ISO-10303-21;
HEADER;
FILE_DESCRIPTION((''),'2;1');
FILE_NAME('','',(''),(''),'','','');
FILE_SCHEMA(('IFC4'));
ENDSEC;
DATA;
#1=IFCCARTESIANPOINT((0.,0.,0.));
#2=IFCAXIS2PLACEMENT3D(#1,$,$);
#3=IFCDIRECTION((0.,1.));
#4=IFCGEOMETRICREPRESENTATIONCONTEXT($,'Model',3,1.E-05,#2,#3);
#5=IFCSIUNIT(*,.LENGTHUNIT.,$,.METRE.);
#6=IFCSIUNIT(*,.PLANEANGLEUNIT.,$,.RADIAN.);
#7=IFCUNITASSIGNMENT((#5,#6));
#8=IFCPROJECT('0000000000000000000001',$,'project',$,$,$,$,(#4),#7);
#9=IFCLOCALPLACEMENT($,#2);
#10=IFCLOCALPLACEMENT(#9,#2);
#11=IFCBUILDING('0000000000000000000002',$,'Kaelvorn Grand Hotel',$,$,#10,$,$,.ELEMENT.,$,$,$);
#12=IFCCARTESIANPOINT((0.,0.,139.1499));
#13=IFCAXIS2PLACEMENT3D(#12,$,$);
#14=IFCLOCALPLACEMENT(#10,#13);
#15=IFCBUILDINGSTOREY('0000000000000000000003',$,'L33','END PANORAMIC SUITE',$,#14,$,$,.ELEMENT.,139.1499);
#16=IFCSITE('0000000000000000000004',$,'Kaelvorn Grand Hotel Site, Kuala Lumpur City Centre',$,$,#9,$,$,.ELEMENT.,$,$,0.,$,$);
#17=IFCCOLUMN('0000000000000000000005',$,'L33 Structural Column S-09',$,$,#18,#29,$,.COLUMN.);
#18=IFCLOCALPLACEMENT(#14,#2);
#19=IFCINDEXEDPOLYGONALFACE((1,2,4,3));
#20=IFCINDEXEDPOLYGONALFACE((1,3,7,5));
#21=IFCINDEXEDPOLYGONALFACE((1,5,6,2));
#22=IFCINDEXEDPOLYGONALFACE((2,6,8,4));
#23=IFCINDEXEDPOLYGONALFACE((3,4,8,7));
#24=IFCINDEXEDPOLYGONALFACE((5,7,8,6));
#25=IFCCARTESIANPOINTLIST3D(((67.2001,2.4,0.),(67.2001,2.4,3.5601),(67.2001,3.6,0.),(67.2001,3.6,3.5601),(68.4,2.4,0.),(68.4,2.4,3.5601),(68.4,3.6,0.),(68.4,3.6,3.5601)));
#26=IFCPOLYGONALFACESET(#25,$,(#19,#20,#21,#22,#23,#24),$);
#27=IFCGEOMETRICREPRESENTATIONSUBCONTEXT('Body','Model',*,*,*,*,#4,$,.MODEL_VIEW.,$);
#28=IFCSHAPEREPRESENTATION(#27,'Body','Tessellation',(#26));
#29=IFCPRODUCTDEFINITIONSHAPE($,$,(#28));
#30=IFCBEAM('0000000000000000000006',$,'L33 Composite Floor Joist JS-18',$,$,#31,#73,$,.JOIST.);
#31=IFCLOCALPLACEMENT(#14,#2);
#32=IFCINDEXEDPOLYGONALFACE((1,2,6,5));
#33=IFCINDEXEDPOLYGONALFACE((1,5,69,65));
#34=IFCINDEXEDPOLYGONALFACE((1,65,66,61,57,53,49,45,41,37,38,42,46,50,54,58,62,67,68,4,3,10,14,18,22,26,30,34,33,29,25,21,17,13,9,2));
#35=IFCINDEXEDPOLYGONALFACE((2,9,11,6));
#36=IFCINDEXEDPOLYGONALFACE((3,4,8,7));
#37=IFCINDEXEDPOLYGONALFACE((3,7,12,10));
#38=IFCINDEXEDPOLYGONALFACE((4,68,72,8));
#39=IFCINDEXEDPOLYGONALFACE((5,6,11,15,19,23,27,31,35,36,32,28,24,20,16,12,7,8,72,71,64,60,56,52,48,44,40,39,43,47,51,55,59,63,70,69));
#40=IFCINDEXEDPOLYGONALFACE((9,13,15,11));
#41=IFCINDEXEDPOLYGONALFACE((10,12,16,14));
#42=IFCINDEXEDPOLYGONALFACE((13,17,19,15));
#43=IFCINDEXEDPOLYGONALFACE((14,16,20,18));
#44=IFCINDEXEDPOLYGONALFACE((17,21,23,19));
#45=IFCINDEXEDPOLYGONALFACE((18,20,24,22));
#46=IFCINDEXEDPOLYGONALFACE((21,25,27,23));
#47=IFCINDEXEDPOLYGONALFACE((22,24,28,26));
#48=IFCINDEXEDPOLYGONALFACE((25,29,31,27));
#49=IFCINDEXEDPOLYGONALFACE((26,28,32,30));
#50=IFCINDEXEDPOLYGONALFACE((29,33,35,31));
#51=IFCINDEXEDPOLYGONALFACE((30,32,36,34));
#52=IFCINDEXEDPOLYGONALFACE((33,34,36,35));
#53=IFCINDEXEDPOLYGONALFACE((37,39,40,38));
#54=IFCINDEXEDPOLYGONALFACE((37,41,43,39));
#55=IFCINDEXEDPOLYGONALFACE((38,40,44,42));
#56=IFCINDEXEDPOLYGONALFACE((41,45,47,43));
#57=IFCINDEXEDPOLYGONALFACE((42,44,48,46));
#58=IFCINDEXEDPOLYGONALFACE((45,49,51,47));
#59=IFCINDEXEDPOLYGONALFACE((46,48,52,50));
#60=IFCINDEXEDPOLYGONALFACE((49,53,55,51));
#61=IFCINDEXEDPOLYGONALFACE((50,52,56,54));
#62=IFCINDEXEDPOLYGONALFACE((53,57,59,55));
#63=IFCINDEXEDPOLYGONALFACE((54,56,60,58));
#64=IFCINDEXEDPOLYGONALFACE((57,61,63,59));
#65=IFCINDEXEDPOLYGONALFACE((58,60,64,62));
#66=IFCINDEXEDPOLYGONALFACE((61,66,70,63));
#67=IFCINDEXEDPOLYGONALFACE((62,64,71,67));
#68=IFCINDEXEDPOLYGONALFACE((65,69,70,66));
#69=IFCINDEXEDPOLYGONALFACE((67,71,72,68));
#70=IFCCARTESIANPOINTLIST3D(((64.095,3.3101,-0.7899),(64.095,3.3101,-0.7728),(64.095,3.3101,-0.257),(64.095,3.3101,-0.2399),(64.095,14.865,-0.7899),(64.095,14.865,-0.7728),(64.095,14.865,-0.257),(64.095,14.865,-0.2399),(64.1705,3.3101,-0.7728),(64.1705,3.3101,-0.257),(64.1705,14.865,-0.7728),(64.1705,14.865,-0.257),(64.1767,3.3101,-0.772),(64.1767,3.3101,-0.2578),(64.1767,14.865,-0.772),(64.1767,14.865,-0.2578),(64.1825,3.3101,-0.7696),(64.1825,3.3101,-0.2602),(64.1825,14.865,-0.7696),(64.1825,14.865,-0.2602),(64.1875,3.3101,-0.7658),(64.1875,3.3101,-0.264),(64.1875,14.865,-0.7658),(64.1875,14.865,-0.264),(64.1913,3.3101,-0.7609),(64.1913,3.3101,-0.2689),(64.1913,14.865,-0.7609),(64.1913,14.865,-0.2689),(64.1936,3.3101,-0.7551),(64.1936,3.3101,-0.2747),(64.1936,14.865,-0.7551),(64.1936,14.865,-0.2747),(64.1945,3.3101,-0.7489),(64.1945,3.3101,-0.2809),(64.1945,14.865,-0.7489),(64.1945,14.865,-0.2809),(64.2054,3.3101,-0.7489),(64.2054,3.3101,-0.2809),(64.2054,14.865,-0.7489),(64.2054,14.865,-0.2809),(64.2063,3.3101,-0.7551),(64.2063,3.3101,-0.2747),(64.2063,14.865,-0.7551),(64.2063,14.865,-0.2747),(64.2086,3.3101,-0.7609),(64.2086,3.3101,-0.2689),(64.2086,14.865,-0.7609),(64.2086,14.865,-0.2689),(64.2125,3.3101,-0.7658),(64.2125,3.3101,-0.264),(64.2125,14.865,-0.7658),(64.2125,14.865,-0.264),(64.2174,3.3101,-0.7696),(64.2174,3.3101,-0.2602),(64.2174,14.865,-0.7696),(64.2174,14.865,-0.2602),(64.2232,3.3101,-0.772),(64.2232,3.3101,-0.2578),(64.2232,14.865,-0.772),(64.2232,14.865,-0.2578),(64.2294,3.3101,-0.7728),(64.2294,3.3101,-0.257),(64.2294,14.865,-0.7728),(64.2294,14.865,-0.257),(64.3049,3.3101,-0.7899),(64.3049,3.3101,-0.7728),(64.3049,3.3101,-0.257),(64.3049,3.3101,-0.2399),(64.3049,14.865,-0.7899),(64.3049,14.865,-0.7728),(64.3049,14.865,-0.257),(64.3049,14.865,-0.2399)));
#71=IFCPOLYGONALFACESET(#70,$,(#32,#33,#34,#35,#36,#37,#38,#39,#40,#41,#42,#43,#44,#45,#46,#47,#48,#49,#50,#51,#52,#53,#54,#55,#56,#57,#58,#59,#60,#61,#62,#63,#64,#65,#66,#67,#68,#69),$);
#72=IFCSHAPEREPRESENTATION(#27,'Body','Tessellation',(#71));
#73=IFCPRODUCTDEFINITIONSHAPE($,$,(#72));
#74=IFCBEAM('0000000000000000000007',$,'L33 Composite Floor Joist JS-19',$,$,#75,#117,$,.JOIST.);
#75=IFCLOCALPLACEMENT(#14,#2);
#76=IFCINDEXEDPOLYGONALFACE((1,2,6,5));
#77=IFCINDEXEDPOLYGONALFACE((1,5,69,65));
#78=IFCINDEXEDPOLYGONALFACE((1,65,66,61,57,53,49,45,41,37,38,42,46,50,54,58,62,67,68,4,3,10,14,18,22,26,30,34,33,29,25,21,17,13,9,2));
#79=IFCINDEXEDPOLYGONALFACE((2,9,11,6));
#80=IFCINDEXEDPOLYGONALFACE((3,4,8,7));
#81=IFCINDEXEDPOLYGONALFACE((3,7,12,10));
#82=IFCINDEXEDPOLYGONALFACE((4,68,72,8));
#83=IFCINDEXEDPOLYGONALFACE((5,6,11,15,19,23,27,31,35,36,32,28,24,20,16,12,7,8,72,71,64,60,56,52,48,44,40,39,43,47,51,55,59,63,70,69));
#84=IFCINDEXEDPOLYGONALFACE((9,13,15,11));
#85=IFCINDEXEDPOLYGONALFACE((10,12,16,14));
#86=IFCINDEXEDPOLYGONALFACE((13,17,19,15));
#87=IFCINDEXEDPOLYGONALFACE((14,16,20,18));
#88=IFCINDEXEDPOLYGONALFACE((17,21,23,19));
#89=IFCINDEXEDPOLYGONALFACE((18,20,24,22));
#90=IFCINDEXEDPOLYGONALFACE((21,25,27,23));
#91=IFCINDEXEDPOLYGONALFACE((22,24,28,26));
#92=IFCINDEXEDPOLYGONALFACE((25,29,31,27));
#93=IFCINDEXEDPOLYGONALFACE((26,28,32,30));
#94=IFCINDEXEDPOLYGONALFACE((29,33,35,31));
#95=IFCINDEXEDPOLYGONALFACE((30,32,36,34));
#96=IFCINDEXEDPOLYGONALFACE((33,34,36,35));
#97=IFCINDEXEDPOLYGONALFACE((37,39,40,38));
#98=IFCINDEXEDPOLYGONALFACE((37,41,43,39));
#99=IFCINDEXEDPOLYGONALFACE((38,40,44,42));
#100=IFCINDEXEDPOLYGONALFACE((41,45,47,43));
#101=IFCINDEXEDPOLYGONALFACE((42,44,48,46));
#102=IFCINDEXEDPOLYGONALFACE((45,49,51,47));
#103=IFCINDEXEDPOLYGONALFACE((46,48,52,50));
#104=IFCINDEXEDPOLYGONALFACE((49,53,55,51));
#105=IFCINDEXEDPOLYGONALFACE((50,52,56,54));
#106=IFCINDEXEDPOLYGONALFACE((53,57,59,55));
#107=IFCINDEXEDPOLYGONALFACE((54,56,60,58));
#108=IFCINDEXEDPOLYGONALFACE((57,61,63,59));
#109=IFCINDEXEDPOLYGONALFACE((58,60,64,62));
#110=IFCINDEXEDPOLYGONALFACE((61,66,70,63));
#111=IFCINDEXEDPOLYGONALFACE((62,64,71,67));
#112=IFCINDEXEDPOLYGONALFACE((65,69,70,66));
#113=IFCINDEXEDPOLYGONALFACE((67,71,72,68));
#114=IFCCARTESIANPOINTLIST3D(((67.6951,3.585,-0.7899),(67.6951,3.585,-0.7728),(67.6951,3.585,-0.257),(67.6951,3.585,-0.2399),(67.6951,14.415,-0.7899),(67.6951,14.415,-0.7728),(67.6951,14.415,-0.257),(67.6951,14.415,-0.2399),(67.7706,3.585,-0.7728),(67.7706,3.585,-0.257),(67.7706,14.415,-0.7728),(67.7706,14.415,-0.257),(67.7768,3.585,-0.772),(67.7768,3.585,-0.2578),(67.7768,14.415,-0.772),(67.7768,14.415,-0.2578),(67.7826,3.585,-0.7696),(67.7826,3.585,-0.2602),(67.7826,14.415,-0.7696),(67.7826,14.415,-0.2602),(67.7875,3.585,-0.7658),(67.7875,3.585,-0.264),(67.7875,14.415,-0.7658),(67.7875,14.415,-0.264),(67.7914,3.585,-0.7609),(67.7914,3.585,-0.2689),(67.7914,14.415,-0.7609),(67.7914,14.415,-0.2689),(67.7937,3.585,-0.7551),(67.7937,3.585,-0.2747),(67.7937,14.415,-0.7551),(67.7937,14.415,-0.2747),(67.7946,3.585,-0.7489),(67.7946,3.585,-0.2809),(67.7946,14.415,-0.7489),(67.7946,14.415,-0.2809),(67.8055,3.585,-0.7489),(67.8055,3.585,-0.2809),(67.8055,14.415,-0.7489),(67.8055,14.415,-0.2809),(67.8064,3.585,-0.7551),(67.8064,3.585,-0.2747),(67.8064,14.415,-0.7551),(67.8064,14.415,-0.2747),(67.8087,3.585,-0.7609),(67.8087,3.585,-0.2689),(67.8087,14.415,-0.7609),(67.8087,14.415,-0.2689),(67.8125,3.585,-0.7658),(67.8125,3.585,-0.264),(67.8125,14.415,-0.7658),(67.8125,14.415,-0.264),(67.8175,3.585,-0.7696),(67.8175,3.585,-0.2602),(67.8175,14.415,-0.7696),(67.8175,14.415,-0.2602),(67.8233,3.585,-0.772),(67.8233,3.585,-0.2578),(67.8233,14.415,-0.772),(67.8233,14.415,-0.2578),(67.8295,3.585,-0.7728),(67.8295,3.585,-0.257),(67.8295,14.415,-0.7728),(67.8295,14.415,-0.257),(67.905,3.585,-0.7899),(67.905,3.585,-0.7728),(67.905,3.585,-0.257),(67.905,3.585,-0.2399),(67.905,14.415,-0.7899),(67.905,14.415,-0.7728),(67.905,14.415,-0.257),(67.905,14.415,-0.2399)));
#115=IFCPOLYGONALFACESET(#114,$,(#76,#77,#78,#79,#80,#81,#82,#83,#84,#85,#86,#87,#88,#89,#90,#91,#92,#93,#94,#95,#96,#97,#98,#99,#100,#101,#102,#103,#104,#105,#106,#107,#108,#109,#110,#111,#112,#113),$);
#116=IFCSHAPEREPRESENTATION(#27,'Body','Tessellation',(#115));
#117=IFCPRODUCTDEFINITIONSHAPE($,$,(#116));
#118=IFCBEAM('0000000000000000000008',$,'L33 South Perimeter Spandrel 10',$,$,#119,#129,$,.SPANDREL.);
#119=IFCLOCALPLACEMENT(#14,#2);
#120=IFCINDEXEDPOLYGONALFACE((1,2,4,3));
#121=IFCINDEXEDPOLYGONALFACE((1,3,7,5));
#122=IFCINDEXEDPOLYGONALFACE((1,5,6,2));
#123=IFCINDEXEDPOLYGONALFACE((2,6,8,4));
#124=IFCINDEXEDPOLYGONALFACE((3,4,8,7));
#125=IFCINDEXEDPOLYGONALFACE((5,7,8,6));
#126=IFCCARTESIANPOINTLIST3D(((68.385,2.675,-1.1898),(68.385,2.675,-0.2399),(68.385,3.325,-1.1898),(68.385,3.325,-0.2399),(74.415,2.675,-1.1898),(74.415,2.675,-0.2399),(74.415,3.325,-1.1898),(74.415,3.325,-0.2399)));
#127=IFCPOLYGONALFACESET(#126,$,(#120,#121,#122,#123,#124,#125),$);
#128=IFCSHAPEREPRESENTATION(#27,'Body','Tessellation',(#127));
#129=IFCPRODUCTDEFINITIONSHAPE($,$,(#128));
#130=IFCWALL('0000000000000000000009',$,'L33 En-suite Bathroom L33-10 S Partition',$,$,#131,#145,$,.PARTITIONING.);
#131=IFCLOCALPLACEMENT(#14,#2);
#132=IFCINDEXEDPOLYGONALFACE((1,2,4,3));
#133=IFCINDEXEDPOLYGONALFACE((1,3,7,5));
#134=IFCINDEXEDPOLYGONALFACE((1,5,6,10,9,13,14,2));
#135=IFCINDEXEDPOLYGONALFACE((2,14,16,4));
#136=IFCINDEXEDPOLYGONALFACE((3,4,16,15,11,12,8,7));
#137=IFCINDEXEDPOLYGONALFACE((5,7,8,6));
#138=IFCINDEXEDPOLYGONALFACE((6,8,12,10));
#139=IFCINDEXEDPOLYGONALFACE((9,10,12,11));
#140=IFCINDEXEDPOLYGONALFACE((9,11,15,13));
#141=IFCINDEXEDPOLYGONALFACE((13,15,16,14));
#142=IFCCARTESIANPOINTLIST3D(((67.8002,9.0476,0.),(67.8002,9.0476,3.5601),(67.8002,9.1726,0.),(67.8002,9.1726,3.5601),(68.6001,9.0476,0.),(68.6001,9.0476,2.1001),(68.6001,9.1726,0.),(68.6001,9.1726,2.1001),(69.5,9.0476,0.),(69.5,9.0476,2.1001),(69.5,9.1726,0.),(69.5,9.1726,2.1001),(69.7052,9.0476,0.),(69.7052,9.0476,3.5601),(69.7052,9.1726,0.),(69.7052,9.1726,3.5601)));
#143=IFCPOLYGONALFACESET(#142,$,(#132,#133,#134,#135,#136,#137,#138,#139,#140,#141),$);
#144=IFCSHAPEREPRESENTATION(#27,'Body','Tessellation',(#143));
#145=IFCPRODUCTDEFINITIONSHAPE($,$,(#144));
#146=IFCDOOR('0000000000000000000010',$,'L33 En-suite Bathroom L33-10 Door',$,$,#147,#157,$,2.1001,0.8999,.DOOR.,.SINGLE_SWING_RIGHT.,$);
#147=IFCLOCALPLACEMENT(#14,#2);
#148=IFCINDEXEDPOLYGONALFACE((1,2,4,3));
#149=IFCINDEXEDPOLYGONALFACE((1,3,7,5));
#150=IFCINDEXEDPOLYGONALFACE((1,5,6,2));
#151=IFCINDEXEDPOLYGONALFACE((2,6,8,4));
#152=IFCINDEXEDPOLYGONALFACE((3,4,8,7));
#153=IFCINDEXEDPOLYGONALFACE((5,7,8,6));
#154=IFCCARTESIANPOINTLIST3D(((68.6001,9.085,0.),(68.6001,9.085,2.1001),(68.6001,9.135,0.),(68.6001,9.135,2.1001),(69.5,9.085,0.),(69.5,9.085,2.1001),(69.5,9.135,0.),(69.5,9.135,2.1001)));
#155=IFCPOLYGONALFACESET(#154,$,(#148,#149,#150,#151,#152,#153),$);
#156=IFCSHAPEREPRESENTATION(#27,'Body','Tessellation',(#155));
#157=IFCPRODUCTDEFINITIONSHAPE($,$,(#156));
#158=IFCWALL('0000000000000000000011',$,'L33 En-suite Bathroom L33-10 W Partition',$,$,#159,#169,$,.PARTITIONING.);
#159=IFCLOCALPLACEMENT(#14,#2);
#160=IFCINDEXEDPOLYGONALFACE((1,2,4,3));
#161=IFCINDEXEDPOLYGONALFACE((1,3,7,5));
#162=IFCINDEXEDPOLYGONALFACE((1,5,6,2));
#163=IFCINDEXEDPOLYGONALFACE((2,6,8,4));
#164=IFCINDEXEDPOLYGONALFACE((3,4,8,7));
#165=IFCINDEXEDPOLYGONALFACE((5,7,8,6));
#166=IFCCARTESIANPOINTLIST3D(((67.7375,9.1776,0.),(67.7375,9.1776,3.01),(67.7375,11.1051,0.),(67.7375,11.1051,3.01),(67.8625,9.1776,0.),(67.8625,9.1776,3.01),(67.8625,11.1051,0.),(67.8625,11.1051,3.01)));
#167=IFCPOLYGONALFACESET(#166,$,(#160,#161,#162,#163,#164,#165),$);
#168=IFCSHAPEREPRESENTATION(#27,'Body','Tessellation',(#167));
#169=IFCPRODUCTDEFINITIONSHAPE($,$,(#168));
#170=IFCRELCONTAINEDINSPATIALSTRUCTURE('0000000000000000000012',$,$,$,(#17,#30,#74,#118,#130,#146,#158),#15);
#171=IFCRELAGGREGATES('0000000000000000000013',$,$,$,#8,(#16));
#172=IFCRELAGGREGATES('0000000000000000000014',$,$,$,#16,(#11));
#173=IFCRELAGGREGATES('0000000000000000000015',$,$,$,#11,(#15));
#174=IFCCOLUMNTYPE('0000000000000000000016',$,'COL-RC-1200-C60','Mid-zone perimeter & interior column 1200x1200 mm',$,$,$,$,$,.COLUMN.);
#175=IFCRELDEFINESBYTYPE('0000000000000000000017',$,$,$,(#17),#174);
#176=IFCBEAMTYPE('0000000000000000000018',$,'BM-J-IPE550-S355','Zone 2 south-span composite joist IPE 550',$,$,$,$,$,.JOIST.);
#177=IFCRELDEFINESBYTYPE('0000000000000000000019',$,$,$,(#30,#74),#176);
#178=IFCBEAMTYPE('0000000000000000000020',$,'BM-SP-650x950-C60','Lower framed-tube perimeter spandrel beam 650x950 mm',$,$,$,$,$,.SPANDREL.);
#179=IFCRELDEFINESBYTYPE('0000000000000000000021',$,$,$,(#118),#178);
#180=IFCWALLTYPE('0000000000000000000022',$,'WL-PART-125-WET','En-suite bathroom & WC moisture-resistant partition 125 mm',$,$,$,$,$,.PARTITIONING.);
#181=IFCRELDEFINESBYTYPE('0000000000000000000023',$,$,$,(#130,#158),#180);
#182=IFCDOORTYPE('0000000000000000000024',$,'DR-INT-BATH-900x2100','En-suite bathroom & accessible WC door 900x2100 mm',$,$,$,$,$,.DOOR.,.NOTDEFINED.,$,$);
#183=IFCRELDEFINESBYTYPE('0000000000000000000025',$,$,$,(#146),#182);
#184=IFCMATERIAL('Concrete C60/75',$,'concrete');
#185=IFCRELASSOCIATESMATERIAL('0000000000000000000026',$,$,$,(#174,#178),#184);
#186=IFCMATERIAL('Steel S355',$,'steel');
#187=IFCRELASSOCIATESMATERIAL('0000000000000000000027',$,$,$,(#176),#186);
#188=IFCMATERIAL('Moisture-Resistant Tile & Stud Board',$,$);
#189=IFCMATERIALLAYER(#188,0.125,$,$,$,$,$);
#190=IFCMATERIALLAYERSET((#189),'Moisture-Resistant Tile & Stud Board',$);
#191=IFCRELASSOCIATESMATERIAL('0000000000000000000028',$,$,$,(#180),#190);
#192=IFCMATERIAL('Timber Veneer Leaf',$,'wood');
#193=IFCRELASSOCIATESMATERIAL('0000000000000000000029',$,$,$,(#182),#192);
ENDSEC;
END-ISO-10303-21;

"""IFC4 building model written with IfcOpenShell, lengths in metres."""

from ifc_helpers import new_model, si_unit, direction, frame, frame_2d, origin, origin_2d, place, context, subcontext, project, spatial, rectangle, i_section, extrude, material, layer, layer_set, material_profile, profile_set, type_object, element, fill, save


model = new_model("IFC4")

# Units and contexts
model_context = context("Model", 3, precision=1e-05, world=origin(), true_north=direction((0.0, 1.0)))
body_context = subcontext(model_context, "Body", "Model", "MODEL_VIEW")
ifc_project = project(units=[si_unit("LENGTHUNIT", "METRE"), si_unit("PLANEANGLEUNIT", "RADIAN")], contexts=[model_context])

# Site, building, storey
site_placement = place(None, origin())
site = spatial("IfcSite", under=ifc_project, at=site_placement, Name="Kaelvorn Grand Hotel Site, Kuala Lumpur City Centre", CompositionType="ELEMENT", RefElevation=0.0)
building_placement = place(site_placement, origin())
building = spatial("IfcBuilding", under=site, at=building_placement, Name="Kaelvorn Grand Hotel", CompositionType="ELEMENT")
storey_placement = place(building_placement, frame((0.0, 0.0, 139.1499)))
storey = spatial("IfcBuildingStorey", under=building, at=storey_placement, Name="L33", Description="END PANORAMIC SUITE", CompositionType="ELEMENT", Elevation=139.1499)

# Column
ifc_material_1 = material(Name="Concrete C60/75", Category="concrete")
ifc_material_profile_1 = material_profile(ifc_material_1, rectangle(XDim=1.2, YDim=1.2, at=origin_2d()), Name="RC COL 1200x1200")
ifc_profile_set_1 = profile_set([ifc_material_profile_1], Name="Concrete C60/75")
column_type = type_object("IfcColumnType", Name="COL-RC-1200-C60", Description="Mid-zone perimeter & interior column 1200x1200 mm", PredefinedType="COLUMN", material=ifc_profile_set_1)
column_placement = place(storey_placement, frame((67.8, 3.0, 0.0), z_axis=(0.0, 0.0, 1.0), x_axis=(1.0, 0.0, 0.0)))
element("IfcColumn", 1, at=column_placement, inside=storey, type_object=column_type, Name="L33 Structural Column S-09", PredefinedType="COLUMN", context=body_context, shape_type="SweptSolid", body=[
    extrude(rectangle(XDim=1.2, YDim=1.2, at=origin_2d()), origin(), (0.0, 0.0, 1.0), 3.5601),
])

# Beams
ifc_material_2 = material(Name="Steel S355", Category="steel")
ifc_material_profile_2 = material_profile(ifc_material_2, i_section(OverallWidth=0.21, OverallDepth=0.55, WebThickness=0.011, FlangeThickness=0.0171, FilletRadius=0.0239, at=origin_2d()), Name="IPE 550")
ifc_profile_set_2 = profile_set([ifc_material_profile_2], Name="Steel S355")
beam_type_1 = type_object("IfcBeamType", Name="BM-J-IPE550-S355", Description="Zone 2 south-span composite joist IPE 550", PredefinedType="JOIST", material=ifc_profile_set_2)
beam_1_placement = place(storey_placement, frame((64.2, 3.3101, -0.5149), z_axis=(0.0, 1.0, 0.0), x_axis=(-1.0, 0.0, 0.0)))
element("IfcBeam", 2, at=beam_1_placement, inside=storey, type_object=beam_type_1, Name="L33 Composite Floor Joist JS-18", PredefinedType="JOIST", context=body_context, shape_type="SweptSolid", body=[
    extrude(i_section(OverallWidth=0.21, OverallDepth=0.55, WebThickness=0.011, FlangeThickness=0.0171, FilletRadius=0.0239, at=origin_2d()), origin(), (0.0, 0.0, 1.0), 11.5549),
])
beam_2_placement = place(storey_placement, frame((67.8, 3.585, -0.5149), z_axis=(0.0, 1.0, 0.0), x_axis=(-1.0, 0.0, 0.0)))
element("IfcBeam", 3, at=beam_2_placement, inside=storey, type_object=beam_type_1, Name="L33 Composite Floor Joist JS-19", PredefinedType="JOIST", context=body_context, shape_type="SweptSolid", body=[
    extrude(i_section(OverallWidth=0.21, OverallDepth=0.55, WebThickness=0.011, FlangeThickness=0.0171, FilletRadius=0.0239, at=origin_2d()), origin(), (0.0, 0.0, 1.0), 10.8301),
])
ifc_material_profile_3 = material_profile(ifc_material_1, rectangle(XDim=0.6499, YDim=0.95, at=origin_2d()), Name="RC SPANDREL 650x950")
ifc_profile_set_3 = profile_set([ifc_material_profile_3], Name="Concrete C60/75")
beam_type_2 = type_object("IfcBeamType", Name="BM-SP-650x950-C60", Description="Lower framed-tube perimeter spandrel beam 650x950 mm", PredefinedType="SPANDREL", material=ifc_profile_set_3)
beam_3_placement = place(storey_placement, frame((68.385, 3.0, -0.7148), z_axis=(1.0, 0.0, 0.0), x_axis=(0.0, 1.0, 0.0)))
element("IfcBeam", 4, at=beam_3_placement, inside=storey, type_object=beam_type_2, Name="L33 South Perimeter Spandrel 10", PredefinedType="SPANDREL", context=body_context, shape_type="SweptSolid", body=[
    extrude(rectangle(XDim=0.6499, YDim=0.95, at=origin_2d()), origin(), (0.0, 0.0, 1.0), 6.03),
])

# Wall, opening, door
ifc_material_3 = material(Name="Moisture-Resistant Tile & Stud Board")
ifc_layer_1 = layer(ifc_material_3, 0.125)
ifc_layer_set_1 = layer_set([ifc_layer_1], Name="Moisture-Resistant Tile & Stud Board")
wall_type_1 = type_object("IfcWallType", Name="WL-PART-125-WET", Description="En-suite bathroom & WC moisture-resistant partition 125 mm", PredefinedType="PARTITIONING", material=ifc_layer_set_1)
wall_1_placement = place(storey_placement, frame((67.8, 9.1101, 0.0), z_axis=(0.0, 0.0, 1.0), x_axis=(1.0, 0.0, 0.0)))
wall_1 = element("IfcWall", 5, at=wall_1_placement, inside=storey, type_object=wall_type_1, Name="L33 En-suite Bathroom L33-10 S Partition", PredefinedType="PARTITIONING", context=body_context, shape_type="SweptSolid", body=[
    extrude(rectangle(XDim=1.905, YDim=0.125, at=frame_2d((0.9526, 0.0))), origin(), (0.0, 0.0, 1.0), 3.5601),
])
opening_1_placement = place(wall_1_placement, frame((0.8, 0.0, 0.0)))
opening_1 = element("IfcOpeningElement", 6, at=opening_1_placement, cuts=wall_1, PredefinedType="OPENING", context=body_context, shape_type="SweptSolid", body=[
    extrude(rectangle(XDim=0.8999, YDim=2.1001, at=frame_2d((0.45, 1.05))), frame((0.0, 0.0725, 0.0), z_axis=(0.0, -1.0, 0.0), x_axis=(1.0, 0.0, 0.0)), (0.0, 0.0, 1.0), 0.145),
])
ifc_material_4 = material(Name="Timber Veneer Leaf", Category="wood")
door_type_1 = type_object("IfcDoorType", Name="DR-INT-BATH-900x2100", Description="En-suite bathroom & accessible WC door 900x2100 mm", OperationType="NOTDEFINED", PredefinedType="DOOR", material=ifc_material_4)
door_1_placement = place(opening_1_placement, origin())
door_1 = element("IfcDoor", 7, at=door_1_placement, inside=storey, type_object=door_type_1, Name="L33 En-suite Bathroom L33-10 Door", OperationType="SINGLE_SWING_RIGHT", OverallHeight=2.1001, OverallWidth=0.8999, PredefinedType="DOOR", context=body_context, shape_type="SweptSolid", body=[
    extrude(rectangle(XDim=0.8999, YDim=2.1001, at=frame_2d((0.45, 1.05))), frame((0.0, 0.0249, 0.0), z_axis=(0.0, -1.0, 0.0), x_axis=(1.0, 0.0, 0.0)), (0.0, 0.0, 1.0), 0.05),
])
fill(opening_1, door_1)

# Wall
wall_2_placement = place(storey_placement, frame((67.8, 9.1775, 0.0), z_axis=(0.0, 0.0, 1.0), x_axis=(0.0, 1.0, 0.0)))
element("IfcWall", 8, at=wall_2_placement, inside=storey, type_object=wall_type_1, Name="L33 En-suite Bathroom L33-10 W Partition", PredefinedType="PARTITIONING", context=body_context, shape_type="SweptSolid", body=[
    extrude(rectangle(XDim=1.9275, YDim=0.125, at=frame_2d((0.9639, 0.0))), origin(), (0.0, 0.0, 1.0), 3.01),
])

save(model, "model.ifc")
